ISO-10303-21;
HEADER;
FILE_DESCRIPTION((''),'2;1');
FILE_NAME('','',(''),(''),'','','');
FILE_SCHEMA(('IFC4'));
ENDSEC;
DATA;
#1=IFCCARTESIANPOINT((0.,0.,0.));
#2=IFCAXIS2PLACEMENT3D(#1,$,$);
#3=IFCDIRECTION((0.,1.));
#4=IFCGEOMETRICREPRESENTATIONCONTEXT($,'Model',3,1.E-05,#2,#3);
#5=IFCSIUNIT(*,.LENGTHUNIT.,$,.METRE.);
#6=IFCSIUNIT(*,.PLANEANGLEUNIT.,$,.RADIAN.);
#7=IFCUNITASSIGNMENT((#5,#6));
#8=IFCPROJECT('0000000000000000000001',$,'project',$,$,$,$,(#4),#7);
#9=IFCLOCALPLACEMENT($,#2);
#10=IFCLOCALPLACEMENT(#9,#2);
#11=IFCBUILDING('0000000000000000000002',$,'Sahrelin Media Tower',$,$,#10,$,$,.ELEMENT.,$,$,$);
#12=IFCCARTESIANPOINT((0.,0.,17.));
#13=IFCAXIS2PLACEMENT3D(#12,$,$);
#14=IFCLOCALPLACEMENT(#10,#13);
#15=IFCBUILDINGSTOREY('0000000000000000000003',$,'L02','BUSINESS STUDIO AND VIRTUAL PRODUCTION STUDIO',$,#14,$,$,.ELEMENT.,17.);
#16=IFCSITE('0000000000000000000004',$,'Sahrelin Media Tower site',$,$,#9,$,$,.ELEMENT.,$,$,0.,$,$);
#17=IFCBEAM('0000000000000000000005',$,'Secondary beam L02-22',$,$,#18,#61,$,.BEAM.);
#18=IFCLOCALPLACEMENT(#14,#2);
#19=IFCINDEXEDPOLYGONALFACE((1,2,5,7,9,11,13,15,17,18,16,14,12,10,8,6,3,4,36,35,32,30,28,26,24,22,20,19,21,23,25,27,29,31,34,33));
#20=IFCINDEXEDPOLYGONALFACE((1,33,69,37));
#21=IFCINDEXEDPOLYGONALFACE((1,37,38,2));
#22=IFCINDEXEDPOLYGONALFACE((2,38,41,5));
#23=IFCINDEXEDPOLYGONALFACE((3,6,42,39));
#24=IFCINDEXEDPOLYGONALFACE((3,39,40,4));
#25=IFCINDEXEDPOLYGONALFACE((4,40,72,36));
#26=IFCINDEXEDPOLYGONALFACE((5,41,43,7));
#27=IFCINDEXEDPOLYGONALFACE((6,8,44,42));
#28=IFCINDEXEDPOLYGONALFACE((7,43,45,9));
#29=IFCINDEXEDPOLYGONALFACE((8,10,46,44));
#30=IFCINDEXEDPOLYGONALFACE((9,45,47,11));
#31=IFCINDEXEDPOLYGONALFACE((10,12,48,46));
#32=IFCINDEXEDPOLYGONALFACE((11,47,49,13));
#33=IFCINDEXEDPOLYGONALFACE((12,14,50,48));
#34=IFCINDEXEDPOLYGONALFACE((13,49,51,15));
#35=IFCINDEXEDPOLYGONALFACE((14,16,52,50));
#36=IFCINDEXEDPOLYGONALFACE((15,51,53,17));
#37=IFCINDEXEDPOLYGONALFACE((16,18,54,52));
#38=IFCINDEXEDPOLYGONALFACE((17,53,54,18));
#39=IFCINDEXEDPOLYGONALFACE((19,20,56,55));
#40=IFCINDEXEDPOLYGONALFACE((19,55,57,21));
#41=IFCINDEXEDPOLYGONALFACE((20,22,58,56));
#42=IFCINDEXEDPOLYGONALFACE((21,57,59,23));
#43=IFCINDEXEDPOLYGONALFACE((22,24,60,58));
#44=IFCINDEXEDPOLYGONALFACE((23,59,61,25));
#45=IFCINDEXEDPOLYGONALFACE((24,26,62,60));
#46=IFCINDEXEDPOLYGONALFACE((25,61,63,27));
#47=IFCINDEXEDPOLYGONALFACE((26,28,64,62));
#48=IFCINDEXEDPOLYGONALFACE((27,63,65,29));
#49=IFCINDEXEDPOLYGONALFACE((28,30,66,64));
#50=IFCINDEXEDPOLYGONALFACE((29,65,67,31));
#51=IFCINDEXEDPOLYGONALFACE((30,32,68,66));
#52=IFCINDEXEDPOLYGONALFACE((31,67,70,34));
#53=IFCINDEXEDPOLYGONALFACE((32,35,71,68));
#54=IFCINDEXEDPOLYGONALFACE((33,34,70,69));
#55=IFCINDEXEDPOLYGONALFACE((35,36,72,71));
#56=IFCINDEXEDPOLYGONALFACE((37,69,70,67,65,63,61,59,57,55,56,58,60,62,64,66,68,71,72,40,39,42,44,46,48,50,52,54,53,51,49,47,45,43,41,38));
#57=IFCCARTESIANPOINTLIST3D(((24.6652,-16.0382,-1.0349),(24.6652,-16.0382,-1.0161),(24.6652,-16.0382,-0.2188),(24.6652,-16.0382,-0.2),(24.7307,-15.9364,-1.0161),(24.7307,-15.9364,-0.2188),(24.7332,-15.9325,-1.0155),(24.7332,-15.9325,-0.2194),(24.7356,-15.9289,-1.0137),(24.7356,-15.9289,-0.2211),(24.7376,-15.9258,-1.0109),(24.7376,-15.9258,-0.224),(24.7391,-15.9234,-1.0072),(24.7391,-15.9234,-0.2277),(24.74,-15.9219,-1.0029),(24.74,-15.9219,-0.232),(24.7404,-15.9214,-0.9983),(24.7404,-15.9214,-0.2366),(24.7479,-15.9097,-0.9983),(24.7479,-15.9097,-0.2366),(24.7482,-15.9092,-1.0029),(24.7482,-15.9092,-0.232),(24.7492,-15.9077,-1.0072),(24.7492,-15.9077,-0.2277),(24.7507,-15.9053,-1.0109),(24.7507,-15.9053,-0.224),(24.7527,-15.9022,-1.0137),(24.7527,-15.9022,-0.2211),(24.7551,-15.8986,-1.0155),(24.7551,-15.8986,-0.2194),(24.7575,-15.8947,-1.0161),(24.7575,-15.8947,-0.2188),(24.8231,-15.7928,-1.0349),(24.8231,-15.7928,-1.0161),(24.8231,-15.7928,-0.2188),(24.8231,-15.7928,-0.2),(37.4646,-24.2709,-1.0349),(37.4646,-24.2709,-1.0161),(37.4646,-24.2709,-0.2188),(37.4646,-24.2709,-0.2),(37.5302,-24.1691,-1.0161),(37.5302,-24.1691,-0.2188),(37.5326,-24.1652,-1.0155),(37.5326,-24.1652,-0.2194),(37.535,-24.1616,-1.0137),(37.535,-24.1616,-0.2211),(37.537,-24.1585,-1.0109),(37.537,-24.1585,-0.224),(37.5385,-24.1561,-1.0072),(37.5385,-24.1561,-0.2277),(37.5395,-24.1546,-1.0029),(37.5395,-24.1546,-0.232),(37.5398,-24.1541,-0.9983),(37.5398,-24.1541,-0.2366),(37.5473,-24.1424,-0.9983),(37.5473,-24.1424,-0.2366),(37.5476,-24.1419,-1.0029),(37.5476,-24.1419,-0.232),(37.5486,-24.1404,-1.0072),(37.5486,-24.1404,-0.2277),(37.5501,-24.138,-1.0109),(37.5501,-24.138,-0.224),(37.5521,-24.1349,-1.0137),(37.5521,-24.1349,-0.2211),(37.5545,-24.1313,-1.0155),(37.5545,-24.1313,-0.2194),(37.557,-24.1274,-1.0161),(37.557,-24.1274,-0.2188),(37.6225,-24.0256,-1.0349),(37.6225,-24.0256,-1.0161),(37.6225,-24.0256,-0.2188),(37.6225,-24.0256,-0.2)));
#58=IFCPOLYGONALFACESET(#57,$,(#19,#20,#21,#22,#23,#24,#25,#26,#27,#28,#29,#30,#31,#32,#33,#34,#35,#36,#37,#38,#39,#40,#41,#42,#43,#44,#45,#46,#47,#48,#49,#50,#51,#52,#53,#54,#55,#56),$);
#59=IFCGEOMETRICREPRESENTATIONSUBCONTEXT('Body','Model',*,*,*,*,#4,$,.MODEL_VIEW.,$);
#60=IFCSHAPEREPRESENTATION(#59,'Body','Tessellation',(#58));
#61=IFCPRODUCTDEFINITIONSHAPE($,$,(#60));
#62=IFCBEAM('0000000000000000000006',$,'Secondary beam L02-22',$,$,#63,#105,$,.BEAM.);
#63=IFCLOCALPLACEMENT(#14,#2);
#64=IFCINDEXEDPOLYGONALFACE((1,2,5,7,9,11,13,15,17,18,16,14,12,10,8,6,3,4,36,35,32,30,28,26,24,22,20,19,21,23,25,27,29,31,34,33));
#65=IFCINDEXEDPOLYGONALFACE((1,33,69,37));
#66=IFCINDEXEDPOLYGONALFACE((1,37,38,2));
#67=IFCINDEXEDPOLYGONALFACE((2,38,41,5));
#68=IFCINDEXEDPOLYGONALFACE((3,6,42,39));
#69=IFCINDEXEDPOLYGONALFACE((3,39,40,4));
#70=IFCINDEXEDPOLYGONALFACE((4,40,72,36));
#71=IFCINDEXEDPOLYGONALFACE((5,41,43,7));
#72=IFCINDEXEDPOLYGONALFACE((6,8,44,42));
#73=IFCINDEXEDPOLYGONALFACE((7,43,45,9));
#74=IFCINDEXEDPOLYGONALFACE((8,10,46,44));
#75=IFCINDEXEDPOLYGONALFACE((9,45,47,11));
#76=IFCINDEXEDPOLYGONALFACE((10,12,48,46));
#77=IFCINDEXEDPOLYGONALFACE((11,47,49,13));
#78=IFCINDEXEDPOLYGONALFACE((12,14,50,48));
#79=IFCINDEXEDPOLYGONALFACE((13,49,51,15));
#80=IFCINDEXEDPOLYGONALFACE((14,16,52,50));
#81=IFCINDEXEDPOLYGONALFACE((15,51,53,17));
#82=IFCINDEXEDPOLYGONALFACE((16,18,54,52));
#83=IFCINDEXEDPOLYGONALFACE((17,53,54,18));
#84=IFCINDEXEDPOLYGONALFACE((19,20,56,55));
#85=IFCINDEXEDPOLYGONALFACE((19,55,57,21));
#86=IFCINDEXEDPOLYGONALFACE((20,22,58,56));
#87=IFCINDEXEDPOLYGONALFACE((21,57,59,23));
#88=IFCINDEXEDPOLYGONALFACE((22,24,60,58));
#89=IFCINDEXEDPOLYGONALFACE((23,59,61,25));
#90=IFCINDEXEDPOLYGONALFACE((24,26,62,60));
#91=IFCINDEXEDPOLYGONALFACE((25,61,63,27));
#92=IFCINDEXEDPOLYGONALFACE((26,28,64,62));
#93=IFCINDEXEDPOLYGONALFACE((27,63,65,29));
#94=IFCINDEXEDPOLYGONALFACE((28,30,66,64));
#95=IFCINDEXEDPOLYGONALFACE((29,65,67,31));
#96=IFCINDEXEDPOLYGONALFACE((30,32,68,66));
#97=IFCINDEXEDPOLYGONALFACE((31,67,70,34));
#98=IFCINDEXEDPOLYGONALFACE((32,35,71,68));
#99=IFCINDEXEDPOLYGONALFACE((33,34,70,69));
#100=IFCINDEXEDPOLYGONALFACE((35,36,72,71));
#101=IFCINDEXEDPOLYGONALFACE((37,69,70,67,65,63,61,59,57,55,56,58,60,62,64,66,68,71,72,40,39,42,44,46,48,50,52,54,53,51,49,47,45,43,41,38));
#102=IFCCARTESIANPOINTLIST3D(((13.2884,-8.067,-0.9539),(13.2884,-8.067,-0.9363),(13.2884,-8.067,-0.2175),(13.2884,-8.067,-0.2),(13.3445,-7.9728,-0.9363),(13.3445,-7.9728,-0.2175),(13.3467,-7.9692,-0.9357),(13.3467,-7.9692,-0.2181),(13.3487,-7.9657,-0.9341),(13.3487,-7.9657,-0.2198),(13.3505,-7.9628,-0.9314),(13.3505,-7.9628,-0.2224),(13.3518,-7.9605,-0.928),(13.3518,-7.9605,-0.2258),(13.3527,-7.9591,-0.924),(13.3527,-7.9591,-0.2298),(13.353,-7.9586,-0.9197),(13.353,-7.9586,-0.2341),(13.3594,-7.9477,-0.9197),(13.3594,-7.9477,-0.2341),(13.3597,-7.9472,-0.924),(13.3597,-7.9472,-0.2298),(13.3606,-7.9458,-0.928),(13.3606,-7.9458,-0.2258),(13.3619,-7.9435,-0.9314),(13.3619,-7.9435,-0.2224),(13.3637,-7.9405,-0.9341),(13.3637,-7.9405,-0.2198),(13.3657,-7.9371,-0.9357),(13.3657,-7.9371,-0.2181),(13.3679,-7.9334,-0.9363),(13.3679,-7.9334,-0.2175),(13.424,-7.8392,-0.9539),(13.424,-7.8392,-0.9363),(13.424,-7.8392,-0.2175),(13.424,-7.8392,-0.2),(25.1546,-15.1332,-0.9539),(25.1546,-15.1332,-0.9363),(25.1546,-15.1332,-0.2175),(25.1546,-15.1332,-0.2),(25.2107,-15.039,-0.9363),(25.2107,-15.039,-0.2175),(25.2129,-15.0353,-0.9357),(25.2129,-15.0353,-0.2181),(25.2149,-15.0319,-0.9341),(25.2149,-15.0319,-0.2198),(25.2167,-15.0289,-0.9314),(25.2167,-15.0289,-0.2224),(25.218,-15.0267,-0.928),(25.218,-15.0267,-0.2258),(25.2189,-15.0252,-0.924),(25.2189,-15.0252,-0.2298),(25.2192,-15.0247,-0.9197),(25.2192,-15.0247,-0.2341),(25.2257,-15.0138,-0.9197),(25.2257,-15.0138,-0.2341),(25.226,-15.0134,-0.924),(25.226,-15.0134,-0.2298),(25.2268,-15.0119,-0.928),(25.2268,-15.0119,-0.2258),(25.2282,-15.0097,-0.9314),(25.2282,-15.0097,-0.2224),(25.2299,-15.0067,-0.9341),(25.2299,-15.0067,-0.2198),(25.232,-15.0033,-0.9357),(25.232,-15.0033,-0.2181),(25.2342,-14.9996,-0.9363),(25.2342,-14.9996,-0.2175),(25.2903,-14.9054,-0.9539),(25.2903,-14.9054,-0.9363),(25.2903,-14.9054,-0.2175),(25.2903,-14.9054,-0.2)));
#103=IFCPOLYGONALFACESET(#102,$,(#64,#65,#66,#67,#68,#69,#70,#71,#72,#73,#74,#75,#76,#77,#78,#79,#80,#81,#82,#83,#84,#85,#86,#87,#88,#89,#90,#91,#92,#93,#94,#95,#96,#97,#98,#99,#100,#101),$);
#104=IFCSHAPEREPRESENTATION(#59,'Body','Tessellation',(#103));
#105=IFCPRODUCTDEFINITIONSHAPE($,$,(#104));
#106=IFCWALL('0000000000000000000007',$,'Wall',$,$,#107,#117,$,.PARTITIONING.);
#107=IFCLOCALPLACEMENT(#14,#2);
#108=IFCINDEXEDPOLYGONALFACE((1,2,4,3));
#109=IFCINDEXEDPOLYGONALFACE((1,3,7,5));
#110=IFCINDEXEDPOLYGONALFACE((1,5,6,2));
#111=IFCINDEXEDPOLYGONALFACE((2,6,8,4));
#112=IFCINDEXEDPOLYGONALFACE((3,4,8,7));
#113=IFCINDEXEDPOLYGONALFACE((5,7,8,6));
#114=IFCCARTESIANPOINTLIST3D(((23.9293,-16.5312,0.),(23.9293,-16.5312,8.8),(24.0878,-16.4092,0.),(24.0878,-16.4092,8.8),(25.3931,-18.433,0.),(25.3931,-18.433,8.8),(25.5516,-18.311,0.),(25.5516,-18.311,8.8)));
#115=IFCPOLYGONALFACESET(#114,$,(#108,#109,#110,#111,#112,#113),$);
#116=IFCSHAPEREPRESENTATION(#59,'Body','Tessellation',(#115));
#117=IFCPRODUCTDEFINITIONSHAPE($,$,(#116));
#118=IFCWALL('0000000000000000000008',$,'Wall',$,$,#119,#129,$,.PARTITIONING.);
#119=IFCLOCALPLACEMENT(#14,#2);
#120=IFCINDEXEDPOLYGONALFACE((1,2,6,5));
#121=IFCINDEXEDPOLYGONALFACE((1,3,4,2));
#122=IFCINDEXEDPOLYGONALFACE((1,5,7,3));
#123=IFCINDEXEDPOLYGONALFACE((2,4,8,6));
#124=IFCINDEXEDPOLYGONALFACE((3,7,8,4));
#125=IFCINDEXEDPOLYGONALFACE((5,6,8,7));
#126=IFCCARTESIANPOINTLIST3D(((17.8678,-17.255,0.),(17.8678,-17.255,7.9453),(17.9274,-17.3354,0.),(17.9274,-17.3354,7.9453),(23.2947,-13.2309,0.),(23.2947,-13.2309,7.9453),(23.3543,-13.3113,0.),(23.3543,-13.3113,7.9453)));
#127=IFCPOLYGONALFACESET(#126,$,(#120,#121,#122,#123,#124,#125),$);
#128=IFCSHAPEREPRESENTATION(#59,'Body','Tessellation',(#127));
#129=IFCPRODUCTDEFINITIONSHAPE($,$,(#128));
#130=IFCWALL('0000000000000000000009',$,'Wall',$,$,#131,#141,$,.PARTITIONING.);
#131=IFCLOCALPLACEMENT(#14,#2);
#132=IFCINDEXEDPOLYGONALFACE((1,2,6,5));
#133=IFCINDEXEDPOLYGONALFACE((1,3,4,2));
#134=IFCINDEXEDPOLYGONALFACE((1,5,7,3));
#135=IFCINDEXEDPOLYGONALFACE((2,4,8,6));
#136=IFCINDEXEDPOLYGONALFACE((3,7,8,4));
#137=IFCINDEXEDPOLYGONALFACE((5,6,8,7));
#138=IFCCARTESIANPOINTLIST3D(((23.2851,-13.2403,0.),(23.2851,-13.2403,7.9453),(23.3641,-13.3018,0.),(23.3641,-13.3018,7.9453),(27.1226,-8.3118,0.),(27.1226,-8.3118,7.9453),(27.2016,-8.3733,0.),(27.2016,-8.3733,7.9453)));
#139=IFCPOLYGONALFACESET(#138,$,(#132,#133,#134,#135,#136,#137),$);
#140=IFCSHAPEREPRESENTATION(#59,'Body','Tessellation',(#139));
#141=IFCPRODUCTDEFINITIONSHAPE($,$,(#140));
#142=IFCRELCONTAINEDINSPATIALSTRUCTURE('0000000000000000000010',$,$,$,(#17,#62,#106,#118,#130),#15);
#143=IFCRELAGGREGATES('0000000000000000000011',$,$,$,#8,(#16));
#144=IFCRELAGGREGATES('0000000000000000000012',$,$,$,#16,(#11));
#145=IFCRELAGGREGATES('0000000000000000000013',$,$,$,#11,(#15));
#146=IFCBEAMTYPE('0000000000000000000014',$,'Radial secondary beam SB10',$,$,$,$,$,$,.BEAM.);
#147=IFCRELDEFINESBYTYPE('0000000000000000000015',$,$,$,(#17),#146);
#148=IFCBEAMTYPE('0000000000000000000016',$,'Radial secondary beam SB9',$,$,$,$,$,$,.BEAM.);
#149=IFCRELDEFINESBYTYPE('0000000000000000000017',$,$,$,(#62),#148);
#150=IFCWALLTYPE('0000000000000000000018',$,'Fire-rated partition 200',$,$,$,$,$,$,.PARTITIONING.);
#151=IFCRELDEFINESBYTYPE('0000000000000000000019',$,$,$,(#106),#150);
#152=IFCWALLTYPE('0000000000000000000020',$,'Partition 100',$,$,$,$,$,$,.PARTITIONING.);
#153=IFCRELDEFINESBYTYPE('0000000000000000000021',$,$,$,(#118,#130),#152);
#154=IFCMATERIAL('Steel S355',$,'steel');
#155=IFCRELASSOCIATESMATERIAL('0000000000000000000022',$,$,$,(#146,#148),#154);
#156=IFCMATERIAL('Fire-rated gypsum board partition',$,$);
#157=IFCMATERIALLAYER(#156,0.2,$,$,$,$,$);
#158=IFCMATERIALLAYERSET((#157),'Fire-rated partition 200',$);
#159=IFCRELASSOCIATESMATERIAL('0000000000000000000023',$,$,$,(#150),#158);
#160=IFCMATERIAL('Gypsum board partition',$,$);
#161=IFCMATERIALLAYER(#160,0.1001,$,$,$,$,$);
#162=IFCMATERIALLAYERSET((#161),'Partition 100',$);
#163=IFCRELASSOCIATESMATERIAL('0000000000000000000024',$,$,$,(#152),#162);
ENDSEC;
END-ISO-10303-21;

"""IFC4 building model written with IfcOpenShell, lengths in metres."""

from ifc_helpers import new_model, si_unit, direction, frame, frame_2d, origin, origin_2d, place, context, subcontext, project, spatial, rectangle, i_section, extrude, material, layer, layer_set, material_profile, profile_set, type_object, element, save


model = new_model("IFC4")

# Units and contexts
model_context = context("Model", 3, precision=1e-05, world=origin(), true_north=direction((0.0, 1.0)))
body_context = subcontext(model_context, "Body", "Model", "MODEL_VIEW")
ifc_project = project(units=[si_unit("LENGTHUNIT", "METRE"), si_unit("PLANEANGLEUNIT", "RADIAN")], contexts=[model_context])

# Site, building, storey
site_placement = place(None, origin())
site = spatial("IfcSite", under=ifc_project, at=site_placement, Name="Sahrelin Media Tower site", CompositionType="ELEMENT", RefElevation=0.0)
building_placement = place(site_placement, origin())
building = spatial("IfcBuilding", under=site, at=building_placement, Name="Sahrelin Media Tower", CompositionType="ELEMENT")
storey_placement = place(building_placement, frame((0.0, 0.0, 17.0)))
storey = spatial("IfcBuildingStorey", under=building, at=storey_placement, Name="L02", Description="BUSINESS STUDIO AND VIRTUAL PRODUCTION STUDIO", CompositionType="ELEMENT", Elevation=17.0)

# Beams
ifc_material_1 = material(Name="Steel S355", Category="steel")
ifc_material_profile_1 = material_profile(ifc_material_1, i_section(OverallWidth=0.2917, OverallDepth=0.835, WebThickness=0.0139, FlangeThickness=0.0188, FilletRadius=0.0178, at=origin_2d()), Name="UB 838x292x176")
ifc_profile_set_1 = profile_set([ifc_material_profile_1], Name="Steel S355")
beam_type_1 = type_object("IfcBeamType", Name="Radial secondary beam SB10", PredefinedType="BEAM", material=ifc_profile_set_1)
beam_1_placement = place(storey_placement, frame((24.7441, -15.9155, -0.6174), z_axis=(0.841043, -0.540968, 0.0), x_axis=(0.540968, 0.841043, 0.0)))
element("IfcBeam", 1, at=beam_1_placement, inside=storey, type_object=beam_type_1, Name="Secondary beam L02-22", PredefinedType="BEAM", context=body_context, shape_type="SweptSolid", body=[
    extrude(i_section(OverallWidth=0.2917, OverallDepth=0.835, WebThickness=0.0139, FlangeThickness=0.0188, FilletRadius=0.0178, at=origin_2d()), origin(), (0.0, 0.0, 1.0), 15.2185),
])
ifc_material_profile_2 = material_profile(ifc_material_1, i_section(OverallWidth=0.2651, OverallDepth=0.7539, WebThickness=0.0127, FlangeThickness=0.0176, FilletRadius=0.0166, at=origin_2d()), Name="UB 762x267x147")
ifc_profile_set_2 = profile_set([ifc_material_profile_2], Name="Steel S355")
beam_type_2 = type_object("IfcBeamType", Name="Radial secondary beam SB9", PredefinedType="BEAM", material=ifc_profile_set_2)
beam_2_placement = place(storey_placement, frame((13.3562, -7.9531, -0.5769), z_axis=(0.859199, -0.511641, 0.0), x_axis=(0.511641, 0.859199, 0.0)))
element("IfcBeam", 2, at=beam_2_placement, inside=storey, type_object=beam_type_2, Name="Secondary beam L02-22", PredefinedType="BEAM", context=body_context, shape_type="SweptSolid", body=[
    extrude(i_section(OverallWidth=0.2651, OverallDepth=0.7539, WebThickness=0.0127, FlangeThickness=0.0176, FilletRadius=0.0166, at=origin_2d()), origin(), (0.0, 0.0, 1.0), 13.8108),
])

# Walls
ifc_material_2 = material(Name="Fire-rated gypsum board partition")
ifc_layer_1 = layer(ifc_material_2, 0.2)
ifc_layer_set_1 = layer_set([ifc_layer_1], Name="Fire-rated partition 200")
wall_type_1 = type_object("IfcWallType", Name="Fire-rated partition 200", PredefinedType="PARTITIONING", material=ifc_layer_set_1)
wall_1_placement = place(storey_placement, frame((24.0085, -16.4702, 0.0), z_axis=(0.0, 0.0, 1.0), x_axis=(0.609947, -0.792442, 0.0)))
element("IfcWall", 3, at=wall_1_placement, inside=storey, type_object=wall_type_1, Name="Wall", PredefinedType="PARTITIONING", context=body_context, shape_type="SweptSolid", body=[
    extrude(rectangle(XDim=2.3999, YDim=0.2, at=frame_2d((1.2, 0.0))), origin(), (0.0, 0.0, 1.0), 8.8),
])
ifc_material_3 = material(Name="Gypsum board partition")
ifc_layer_2 = layer(ifc_material_3, 0.1001)
ifc_layer_set_2 = layer_set([ifc_layer_2], Name="Partition 100")
wall_type_2 = type_object("IfcWallType", Name="Partition 100", PredefinedType="PARTITIONING", material=ifc_layer_set_2)
wall_2_placement = place(storey_placement, frame((17.8977, -17.2952, 0.0), z_axis=(0.0, 0.0, 1.0), x_axis=(0.803262, 0.595626, 0.0)))
element("IfcWall", 4, at=wall_2_placement, inside=storey, type_object=wall_type_2, Name="Wall", PredefinedType="PARTITIONING", context=body_context, shape_type="SweptSolid", body=[
    extrude(rectangle(XDim=6.7561, YDim=0.1001, at=frame_2d((3.3779, 0.0))), origin(), (0.0, 0.0, 1.0), 7.9453),
])
wall_3_placement = place(storey_placement, frame((23.3247, -13.271, 0.0), z_axis=(0.0, 0.0, 1.0), x_axis=(0.614355, 0.78903, 0.0)))
element("IfcWall", 5, at=wall_3_placement, inside=storey, type_object=wall_type_2, Name="Wall", PredefinedType="PARTITIONING", context=body_context, shape_type="SweptSolid", body=[
    extrude(rectangle(XDim=6.2463, YDim=0.1001, at=frame_2d((3.123, 0.0))), origin(), (0.0, 0.0, 1.0), 7.9453),
])

save(model, "model.ifc")
